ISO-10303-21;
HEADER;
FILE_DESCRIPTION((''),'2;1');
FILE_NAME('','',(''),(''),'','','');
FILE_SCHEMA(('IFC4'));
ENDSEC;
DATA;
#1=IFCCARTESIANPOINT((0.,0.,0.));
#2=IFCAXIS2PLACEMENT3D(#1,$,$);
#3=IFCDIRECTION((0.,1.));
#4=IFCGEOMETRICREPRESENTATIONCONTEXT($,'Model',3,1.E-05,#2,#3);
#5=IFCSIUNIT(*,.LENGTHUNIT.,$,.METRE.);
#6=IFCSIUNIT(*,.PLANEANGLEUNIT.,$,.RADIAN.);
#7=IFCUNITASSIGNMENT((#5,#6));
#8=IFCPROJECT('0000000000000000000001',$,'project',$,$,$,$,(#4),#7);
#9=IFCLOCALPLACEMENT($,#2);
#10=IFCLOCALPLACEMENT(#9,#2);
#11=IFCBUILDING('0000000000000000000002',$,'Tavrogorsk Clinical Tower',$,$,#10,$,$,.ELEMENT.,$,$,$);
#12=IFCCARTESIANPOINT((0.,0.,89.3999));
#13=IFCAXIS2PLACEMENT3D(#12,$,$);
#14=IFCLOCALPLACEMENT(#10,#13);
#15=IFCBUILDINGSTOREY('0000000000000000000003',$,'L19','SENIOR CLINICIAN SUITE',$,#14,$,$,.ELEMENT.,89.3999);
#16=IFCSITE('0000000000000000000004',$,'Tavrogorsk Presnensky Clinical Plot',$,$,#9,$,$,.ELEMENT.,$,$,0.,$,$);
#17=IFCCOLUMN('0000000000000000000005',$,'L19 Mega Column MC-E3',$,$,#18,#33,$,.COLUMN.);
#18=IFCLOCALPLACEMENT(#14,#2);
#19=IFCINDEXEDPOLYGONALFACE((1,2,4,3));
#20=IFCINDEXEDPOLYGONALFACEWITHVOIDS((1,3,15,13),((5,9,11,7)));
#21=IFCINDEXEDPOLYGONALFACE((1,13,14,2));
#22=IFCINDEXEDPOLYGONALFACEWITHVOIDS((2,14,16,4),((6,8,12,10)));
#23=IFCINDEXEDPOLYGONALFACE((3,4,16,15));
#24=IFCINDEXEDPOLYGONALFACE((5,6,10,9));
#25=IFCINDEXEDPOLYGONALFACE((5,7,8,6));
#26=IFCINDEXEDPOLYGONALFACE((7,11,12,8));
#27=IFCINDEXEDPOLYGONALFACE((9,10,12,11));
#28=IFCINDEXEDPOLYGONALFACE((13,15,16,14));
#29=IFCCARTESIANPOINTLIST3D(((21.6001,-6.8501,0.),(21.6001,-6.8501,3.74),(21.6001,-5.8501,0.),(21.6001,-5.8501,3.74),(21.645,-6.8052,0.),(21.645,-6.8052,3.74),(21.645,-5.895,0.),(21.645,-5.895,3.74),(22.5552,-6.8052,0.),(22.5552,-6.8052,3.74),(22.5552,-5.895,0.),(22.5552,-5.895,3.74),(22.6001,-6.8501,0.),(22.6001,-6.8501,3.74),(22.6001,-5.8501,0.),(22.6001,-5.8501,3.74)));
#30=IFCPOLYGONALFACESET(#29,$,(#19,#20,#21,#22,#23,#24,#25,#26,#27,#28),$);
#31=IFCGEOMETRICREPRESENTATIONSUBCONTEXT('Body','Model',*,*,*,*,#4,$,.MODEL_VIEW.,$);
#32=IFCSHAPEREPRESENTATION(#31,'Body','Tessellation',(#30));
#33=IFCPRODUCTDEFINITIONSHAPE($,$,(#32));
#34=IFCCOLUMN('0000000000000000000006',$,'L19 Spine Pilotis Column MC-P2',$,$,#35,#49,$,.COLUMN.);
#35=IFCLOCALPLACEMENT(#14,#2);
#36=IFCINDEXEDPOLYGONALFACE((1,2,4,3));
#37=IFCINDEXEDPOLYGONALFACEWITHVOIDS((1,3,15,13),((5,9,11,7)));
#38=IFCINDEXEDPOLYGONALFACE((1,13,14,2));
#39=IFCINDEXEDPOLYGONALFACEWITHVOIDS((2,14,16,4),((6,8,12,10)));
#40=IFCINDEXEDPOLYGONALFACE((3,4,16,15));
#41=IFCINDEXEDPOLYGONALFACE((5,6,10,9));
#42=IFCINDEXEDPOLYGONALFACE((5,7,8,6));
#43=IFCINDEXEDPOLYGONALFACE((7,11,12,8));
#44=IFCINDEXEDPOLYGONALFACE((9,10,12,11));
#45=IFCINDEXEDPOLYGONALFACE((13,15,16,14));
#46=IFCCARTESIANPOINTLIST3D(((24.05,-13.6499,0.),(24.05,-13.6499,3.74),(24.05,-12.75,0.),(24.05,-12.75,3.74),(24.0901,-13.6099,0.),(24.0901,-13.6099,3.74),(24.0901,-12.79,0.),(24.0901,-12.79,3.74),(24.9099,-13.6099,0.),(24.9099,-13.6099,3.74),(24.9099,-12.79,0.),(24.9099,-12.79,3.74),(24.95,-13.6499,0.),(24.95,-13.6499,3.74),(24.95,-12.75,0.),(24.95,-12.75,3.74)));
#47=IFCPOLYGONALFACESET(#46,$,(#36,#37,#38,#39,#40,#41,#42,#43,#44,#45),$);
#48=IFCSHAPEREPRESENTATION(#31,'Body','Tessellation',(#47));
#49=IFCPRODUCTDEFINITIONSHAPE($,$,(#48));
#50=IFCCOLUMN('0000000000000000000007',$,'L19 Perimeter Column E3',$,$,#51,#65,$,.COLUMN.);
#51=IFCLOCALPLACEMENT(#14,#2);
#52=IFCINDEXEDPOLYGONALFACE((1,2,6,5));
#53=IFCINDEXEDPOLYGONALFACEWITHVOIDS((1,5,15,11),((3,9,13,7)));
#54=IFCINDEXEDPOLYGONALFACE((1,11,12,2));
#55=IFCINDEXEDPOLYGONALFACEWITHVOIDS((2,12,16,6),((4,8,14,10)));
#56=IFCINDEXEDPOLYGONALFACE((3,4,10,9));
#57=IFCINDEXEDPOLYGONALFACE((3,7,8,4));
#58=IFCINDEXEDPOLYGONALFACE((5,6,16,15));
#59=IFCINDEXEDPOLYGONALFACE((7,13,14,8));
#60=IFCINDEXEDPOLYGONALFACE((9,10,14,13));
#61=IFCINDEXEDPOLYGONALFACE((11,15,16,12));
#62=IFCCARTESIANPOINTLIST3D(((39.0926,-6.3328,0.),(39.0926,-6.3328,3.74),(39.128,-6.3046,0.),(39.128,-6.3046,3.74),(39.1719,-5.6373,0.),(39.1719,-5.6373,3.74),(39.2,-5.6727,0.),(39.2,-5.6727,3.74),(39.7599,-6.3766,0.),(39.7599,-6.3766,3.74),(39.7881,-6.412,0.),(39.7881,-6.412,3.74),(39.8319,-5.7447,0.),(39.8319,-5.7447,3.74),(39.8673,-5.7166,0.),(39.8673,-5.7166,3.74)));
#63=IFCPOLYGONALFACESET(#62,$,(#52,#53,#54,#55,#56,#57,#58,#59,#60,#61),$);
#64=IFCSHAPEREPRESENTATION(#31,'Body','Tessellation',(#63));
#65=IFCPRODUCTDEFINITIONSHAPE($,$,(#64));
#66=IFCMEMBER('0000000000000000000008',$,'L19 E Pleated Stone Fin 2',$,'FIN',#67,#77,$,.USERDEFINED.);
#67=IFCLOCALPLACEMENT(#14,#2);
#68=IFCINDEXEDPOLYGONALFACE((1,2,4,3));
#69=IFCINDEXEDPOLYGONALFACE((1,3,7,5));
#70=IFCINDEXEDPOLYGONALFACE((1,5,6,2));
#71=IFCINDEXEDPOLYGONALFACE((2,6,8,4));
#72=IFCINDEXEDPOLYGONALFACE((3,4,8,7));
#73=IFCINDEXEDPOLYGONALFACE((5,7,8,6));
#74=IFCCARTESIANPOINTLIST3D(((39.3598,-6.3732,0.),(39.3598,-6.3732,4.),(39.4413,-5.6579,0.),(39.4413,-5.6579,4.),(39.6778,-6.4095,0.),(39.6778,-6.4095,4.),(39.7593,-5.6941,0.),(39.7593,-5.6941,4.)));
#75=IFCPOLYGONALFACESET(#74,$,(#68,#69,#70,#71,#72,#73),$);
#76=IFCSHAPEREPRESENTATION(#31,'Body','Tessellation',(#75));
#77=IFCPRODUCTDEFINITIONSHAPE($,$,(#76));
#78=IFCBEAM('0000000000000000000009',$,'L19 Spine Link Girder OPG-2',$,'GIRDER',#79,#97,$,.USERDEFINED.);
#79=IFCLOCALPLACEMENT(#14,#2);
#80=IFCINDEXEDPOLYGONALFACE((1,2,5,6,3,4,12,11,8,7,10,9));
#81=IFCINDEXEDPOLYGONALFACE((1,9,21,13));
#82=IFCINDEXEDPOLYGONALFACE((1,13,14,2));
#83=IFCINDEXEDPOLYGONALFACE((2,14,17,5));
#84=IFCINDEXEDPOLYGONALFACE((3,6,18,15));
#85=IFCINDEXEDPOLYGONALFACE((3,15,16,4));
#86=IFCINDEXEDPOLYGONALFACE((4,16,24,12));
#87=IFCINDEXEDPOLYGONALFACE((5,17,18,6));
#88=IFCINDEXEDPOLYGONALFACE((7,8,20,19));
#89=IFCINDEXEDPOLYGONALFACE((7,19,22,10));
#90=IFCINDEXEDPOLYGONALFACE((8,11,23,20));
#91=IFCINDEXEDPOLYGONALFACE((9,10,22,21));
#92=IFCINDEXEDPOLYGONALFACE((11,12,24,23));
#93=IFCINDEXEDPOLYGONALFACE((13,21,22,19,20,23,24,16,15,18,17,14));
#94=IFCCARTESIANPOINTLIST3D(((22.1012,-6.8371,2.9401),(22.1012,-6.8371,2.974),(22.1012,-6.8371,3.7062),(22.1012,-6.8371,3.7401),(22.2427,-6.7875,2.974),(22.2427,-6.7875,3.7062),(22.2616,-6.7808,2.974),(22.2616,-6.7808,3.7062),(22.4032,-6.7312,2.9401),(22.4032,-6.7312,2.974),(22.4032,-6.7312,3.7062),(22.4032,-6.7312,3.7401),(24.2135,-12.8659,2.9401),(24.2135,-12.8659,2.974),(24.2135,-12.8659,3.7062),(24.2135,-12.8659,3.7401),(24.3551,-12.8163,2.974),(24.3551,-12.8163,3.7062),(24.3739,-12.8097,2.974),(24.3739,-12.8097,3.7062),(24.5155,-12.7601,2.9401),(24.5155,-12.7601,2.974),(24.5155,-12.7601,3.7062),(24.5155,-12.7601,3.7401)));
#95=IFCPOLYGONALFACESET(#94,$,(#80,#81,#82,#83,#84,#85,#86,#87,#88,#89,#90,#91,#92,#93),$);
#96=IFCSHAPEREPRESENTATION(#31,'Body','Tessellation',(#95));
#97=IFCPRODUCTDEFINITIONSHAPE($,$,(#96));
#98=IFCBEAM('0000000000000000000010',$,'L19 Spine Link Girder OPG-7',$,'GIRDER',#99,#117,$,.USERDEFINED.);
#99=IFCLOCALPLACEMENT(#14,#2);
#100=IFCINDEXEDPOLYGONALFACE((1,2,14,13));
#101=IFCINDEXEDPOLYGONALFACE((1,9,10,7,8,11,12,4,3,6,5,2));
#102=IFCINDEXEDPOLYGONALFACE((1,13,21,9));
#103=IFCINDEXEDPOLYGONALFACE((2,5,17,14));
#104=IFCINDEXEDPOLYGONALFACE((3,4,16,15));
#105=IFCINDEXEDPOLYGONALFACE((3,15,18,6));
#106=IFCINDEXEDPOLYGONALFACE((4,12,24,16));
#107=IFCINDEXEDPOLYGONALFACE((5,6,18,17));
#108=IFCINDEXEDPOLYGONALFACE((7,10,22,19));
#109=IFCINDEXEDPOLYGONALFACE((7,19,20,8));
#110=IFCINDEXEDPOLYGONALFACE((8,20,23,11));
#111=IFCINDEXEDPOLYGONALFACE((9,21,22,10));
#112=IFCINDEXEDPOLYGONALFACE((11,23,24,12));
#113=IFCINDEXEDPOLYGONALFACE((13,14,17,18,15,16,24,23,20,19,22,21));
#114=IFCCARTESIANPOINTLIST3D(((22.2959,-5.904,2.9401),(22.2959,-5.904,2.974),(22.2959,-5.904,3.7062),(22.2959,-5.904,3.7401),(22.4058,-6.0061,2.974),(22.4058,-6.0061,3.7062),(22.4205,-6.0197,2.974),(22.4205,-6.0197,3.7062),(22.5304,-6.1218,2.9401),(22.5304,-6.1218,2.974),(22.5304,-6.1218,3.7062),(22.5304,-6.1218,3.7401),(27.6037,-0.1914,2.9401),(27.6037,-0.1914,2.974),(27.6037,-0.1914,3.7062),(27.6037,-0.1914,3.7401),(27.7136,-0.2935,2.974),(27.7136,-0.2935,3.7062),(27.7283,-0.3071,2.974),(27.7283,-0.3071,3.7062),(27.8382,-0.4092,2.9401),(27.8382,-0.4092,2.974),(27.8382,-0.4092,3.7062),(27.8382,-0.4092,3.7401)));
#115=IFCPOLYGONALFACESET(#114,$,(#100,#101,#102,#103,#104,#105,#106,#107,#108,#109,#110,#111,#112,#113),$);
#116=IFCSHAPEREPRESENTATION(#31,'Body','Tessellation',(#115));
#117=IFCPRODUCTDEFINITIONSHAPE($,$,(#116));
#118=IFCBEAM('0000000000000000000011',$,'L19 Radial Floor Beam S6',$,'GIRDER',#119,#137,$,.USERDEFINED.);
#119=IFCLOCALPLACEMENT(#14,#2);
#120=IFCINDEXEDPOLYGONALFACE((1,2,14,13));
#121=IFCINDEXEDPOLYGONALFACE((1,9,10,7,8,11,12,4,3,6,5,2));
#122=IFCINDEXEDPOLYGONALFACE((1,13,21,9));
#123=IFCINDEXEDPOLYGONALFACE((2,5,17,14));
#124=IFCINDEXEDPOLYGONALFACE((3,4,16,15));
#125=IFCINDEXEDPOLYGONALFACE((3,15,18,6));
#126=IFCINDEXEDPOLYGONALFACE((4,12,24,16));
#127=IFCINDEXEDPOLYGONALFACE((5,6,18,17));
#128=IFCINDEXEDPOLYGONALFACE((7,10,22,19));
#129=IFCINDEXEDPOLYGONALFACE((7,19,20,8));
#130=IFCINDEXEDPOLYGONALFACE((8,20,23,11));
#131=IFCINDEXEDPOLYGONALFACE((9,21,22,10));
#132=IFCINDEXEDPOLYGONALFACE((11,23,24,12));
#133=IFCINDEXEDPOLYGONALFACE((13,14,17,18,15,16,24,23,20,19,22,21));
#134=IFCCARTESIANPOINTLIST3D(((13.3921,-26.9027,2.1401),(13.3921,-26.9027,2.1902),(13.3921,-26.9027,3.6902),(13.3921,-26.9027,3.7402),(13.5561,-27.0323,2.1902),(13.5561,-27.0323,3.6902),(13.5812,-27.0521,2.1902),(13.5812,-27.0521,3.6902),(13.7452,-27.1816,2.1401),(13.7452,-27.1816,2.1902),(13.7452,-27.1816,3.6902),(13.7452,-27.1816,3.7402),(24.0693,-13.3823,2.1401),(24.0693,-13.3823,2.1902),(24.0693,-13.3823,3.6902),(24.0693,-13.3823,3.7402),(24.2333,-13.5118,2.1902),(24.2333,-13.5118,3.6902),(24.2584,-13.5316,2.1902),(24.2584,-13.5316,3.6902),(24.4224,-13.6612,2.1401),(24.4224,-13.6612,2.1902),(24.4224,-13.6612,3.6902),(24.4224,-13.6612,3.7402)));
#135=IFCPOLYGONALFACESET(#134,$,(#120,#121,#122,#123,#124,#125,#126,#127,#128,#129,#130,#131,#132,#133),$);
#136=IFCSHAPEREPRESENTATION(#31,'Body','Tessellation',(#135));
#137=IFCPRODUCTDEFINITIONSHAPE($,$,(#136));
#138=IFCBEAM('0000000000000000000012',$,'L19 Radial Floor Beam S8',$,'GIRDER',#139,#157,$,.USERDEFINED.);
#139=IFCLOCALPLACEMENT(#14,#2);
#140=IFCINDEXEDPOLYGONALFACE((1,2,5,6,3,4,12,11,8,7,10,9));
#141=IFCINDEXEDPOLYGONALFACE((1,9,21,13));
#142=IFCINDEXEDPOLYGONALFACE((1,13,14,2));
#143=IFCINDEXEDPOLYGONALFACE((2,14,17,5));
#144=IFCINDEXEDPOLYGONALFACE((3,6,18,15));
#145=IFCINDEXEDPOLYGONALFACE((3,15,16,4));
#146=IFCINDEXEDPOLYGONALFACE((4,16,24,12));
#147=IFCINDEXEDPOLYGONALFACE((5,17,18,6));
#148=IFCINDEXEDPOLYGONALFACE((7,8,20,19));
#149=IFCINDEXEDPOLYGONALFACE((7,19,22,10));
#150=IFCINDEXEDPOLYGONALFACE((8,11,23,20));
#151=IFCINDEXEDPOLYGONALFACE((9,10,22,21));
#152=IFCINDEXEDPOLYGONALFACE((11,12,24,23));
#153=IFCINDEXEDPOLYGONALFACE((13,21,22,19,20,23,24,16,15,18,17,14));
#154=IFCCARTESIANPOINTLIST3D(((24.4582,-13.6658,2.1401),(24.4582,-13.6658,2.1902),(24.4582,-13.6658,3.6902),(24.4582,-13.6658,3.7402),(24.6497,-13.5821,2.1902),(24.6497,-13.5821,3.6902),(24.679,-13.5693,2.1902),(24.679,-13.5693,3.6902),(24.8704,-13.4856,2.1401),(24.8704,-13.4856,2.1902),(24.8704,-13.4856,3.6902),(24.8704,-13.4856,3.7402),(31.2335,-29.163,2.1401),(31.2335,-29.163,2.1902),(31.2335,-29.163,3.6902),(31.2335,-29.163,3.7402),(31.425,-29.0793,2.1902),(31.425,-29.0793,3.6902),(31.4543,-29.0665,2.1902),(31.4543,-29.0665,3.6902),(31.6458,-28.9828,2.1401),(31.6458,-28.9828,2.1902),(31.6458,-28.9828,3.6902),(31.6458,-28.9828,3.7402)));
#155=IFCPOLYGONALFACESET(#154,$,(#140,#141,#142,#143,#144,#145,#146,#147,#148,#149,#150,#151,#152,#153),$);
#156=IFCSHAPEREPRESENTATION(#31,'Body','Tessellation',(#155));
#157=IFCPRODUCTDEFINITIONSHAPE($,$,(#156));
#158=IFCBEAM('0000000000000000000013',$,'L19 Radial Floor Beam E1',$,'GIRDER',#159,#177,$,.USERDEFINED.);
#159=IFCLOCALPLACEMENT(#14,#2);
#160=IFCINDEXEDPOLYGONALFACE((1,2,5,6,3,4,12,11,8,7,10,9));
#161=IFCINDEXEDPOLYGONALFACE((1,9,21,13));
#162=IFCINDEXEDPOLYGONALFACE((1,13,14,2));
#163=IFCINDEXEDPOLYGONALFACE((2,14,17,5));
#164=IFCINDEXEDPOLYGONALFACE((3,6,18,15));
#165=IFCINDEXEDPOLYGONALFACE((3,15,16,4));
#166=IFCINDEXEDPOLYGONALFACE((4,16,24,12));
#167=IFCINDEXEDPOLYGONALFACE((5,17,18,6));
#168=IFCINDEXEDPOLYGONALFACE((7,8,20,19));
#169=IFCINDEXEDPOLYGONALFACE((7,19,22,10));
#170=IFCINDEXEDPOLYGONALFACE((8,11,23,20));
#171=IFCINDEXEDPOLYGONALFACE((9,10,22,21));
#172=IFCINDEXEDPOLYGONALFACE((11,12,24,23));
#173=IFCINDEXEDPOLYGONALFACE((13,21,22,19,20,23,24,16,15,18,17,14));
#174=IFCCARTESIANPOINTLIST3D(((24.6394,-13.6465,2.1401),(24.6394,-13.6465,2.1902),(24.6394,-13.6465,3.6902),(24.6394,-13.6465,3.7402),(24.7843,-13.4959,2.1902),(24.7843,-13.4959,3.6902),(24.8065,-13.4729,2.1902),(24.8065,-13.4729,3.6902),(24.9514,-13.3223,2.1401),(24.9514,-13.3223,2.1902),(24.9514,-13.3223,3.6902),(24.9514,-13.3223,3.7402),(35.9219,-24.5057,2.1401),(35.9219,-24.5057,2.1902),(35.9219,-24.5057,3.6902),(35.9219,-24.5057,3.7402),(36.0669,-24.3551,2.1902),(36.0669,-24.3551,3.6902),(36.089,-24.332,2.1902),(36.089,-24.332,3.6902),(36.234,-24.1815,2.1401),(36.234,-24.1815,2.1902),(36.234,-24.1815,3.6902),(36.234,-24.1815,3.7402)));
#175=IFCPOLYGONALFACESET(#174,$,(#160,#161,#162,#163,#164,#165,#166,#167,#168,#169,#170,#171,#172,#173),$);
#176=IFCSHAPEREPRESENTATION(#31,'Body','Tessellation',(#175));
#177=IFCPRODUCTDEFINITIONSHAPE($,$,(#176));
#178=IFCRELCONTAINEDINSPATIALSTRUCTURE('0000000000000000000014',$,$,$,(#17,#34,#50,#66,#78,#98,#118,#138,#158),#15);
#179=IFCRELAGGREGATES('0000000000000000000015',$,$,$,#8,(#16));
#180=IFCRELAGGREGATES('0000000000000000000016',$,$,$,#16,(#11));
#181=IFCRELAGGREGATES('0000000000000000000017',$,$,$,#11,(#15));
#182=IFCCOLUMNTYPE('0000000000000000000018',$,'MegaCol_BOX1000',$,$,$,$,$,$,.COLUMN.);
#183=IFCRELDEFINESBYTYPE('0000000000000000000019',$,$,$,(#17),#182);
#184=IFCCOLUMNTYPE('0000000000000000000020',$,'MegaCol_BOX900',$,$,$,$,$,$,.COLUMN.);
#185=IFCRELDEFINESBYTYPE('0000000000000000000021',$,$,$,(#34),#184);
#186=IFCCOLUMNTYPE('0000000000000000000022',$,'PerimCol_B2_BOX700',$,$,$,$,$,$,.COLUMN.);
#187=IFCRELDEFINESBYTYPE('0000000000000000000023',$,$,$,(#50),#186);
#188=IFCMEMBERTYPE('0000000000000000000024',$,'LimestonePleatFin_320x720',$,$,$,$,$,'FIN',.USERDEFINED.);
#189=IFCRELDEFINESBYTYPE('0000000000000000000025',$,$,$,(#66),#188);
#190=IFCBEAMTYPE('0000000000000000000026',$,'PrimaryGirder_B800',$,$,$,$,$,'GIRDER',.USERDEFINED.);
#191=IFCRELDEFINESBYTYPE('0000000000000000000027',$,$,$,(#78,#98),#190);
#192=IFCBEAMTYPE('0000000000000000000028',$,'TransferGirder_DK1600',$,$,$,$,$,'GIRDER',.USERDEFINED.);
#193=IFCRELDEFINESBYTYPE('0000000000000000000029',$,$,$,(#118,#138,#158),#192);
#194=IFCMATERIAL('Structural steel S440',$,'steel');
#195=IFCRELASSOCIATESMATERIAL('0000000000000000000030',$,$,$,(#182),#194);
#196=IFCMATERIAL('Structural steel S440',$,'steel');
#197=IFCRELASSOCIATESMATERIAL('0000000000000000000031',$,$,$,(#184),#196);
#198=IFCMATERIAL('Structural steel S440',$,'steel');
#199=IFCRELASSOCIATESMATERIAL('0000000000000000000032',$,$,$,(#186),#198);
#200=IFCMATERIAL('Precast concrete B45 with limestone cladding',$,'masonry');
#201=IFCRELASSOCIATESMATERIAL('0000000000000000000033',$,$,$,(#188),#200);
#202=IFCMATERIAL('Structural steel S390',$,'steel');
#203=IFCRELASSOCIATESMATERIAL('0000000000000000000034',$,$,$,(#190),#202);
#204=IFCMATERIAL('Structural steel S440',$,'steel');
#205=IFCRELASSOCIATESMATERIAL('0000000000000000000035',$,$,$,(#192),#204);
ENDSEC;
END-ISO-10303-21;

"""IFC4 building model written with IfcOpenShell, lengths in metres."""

from ifc_helpers import new_model, si_unit, direction, frame, origin, origin_2d, place, context, subcontext, project, spatial, rectangle, hollow_rectangle, i_section, extrude, material, material_profile, profile_set, type_object, element, save


model = new_model("IFC4")

# Units and contexts
model_context = context("Model", 3, precision=1e-05, world=origin(), true_north=direction((0.0, 1.0)))
body_context = subcontext(model_context, "Body", "Model", "MODEL_VIEW")
ifc_project = project(units=[si_unit("LENGTHUNIT", "METRE"), si_unit("PLANEANGLEUNIT", "RADIAN")], contexts=[model_context])

# Site, building, storey
site_placement = place(None, origin())
site = spatial("IfcSite", under=ifc_project, at=site_placement, Name="Tavrogorsk Presnensky Clinical Plot", CompositionType="ELEMENT", RefElevation=0.0)
building_placement = place(site_placement, origin())
building = spatial("IfcBuilding", under=site, at=building_placement, Name="Tavrogorsk Clinical Tower", CompositionType="ELEMENT")
storey_placement = place(building_placement, frame((0.0, 0.0, 89.3999)))
storey = spatial("IfcBuildingStorey", under=building, at=storey_placement, Name="L19", Description="SENIOR CLINICIAN SUITE", CompositionType="ELEMENT", Elevation=89.3999)

# Columns
ifc_material_1 = material(Name="Structural steel S440", Category="steel")
ifc_material_profile_1 = material_profile(ifc_material_1, hollow_rectangle(XDim=1.0, YDim=1.0, WallThickness=0.0449, at=origin_2d()), Name="BOX-1000x1000x45")
ifc_profile_set_1 = profile_set([ifc_material_profile_1], Name="Structural steel S440")
column_type_1 = type_object("IfcColumnType", Name="MegaCol_BOX1000", PredefinedType="COLUMN", material=ifc_profile_set_1)
column_1_placement = place(storey_placement, frame((22.1001, -6.3501, 0.0), z_axis=(0.0, 0.0, 1.0), x_axis=(1.0, 0.0, 0.0)))
element("IfcColumn", 1, at=column_1_placement, inside=storey, type_object=column_type_1, Name="L19 Mega Column MC-E3", PredefinedType="COLUMN", context=body_context, shape_type="SweptSolid", body=[
    extrude(hollow_rectangle(XDim=1.0, YDim=1.0, WallThickness=0.0449, at=origin_2d()), origin(), (0.0, 0.0, 1.0), 3.74),
])
ifc_material_2 = material(Name="Structural steel S440", Category="steel")
ifc_material_profile_2 = material_profile(ifc_material_2, hollow_rectangle(XDim=0.8999, YDim=0.8999, WallThickness=0.04, at=origin_2d()), Name="BOX-900x900x40")
ifc_profile_set_2 = profile_set([ifc_material_profile_2], Name="Structural steel S440")
column_type_2 = type_object("IfcColumnType", Name="MegaCol_BOX900", PredefinedType="COLUMN", material=ifc_profile_set_2)
column_2_placement = place(storey_placement, frame((24.5, -13.2, 0.0), z_axis=(0.0, 0.0, 1.0), x_axis=(1.0, 0.0, 0.0)))
element("IfcColumn", 2, at=column_2_placement, inside=storey, type_object=column_type_2, Name="L19 Spine Pilotis Column MC-P2", PredefinedType="COLUMN", context=body_context, shape_type="SweptSolid", body=[
    extrude(hollow_rectangle(XDim=0.8999, YDim=0.8999, WallThickness=0.04, at=origin_2d()), origin(), (0.0, 0.0, 1.0), 3.74),
])
ifc_material_3 = material(Name="Structural steel S440", Category="steel")
ifc_material_profile_3 = material_profile(ifc_material_3, hollow_rectangle(XDim=0.7, YDim=0.7, WallThickness=0.032, at=origin_2d()), Name="BOX-700x700x32")
ifc_profile_set_3 = profile_set([ifc_material_profile_3], Name="Structural steel S440")
column_type_3 = type_object("IfcColumnType", Name="PerimCol_B2_BOX700", PredefinedType="COLUMN", material=ifc_profile_set_3)
column_3_placement = place(storey_placement, frame((39.48, -6.0247, 0.0), z_axis=(0.0, 0.0, 1.0), x_axis=(0.993572, -0.113203, 0.0)))
element("IfcColumn", 3, at=column_3_placement, inside=storey, type_object=column_type_3, Name="L19 Perimeter Column E3", PredefinedType="COLUMN", context=body_context, shape_type="SweptSolid", body=[
    extrude(hollow_rectangle(XDim=0.7, YDim=0.7, WallThickness=0.032, at=origin_2d()), origin(), (0.0, 0.0, 1.0), 3.74),
])

# Member
ifc_material_4 = material(Name="Precast concrete B45 with limestone cladding", Category="masonry")
ifc_material_profile_4 = material_profile(ifc_material_4, rectangle(XDim=0.3201, YDim=0.72, at=origin_2d()), Name="LIMESTONE-FIN-320x720")
ifc_profile_set_4 = profile_set([ifc_material_profile_4], Name="Precast concrete B45 with limestone cladding")
member_type = type_object("IfcMemberType", Name="LimestonePleatFin_320x720", ElementType="FIN", PredefinedType="USERDEFINED", material=ifc_profile_set_4)
member_placement = place(storey_placement, frame((39.5596, -6.0337, 0.0), z_axis=(0.0, 0.0, 1.0), x_axis=(0.993572, -0.113203, 0.0)))
element("IfcMember", 4, at=member_placement, inside=storey, type_object=member_type, Name="L19 E Pleated Stone Fin 2", ObjectType="FIN", PredefinedType="USERDEFINED", context=body_context, shape_type="SweptSolid", body=[
    extrude(rectangle(XDim=0.3201, YDim=0.72, at=origin_2d()), origin(), (0.0, 0.0, 1.0), 4.0),
])

# Beams
ifc_material_5 = material(Name="Structural steel S390", Category="steel")
ifc_material_profile_5 = material_profile(ifc_material_5, i_section(OverallWidth=0.3201, OverallDepth=0.8, WebThickness=0.02, FlangeThickness=0.0339, at=origin_2d()), Name="B-800x320x20x34")
ifc_profile_set_5 = profile_set([ifc_material_profile_5], Name="Structural steel S390")
beam_type_1 = type_object("IfcBeamType", Name="PrimaryGirder_B800", ElementType="GIRDER", PredefinedType="USERDEFINED", material=ifc_profile_set_5)
beam_1_placement = place(storey_placement, frame((24.3645, -12.813, 3.3401), z_axis=(-0.33066, 0.94375, 0.0), x_axis=(-0.94375, -0.33066, 0.0)))
element("IfcBeam", 5, at=beam_1_placement, inside=storey, type_object=beam_type_1, Name="L19 Spine Link Girder OPG-2", ObjectType="GIRDER", PredefinedType="USERDEFINED", context=body_context, shape_type="SweptSolid", body=[
    extrude(i_section(OverallWidth=0.3201, OverallDepth=0.8, WebThickness=0.02, FlangeThickness=0.0339, at=origin_2d()), origin(), (0.0, 0.0, 1.0), 6.3882),
])
beam_2_placement = place(storey_placement, frame((27.7209, -0.3003, 3.3401), z_axis=(-0.680676, -0.732585, 0.0), x_axis=(0.732585, -0.680676, 0.0)))
element("IfcBeam", 6, at=beam_2_placement, inside=storey, type_object=beam_type_1, Name="L19 Spine Link Girder OPG-7", ObjectType="GIRDER", PredefinedType="USERDEFINED", context=body_context, shape_type="SweptSolid", body=[
    extrude(i_section(OverallWidth=0.3201, OverallDepth=0.8, WebThickness=0.02, FlangeThickness=0.0339, at=origin_2d()), origin(), (0.0, 0.0, 1.0), 7.7979),
])
ifc_material_6 = material(Name="Structural steel S440", Category="steel")
ifc_material_profile_6 = material_profile(ifc_material_6, i_section(OverallWidth=0.45, OverallDepth=1.6001, WebThickness=0.032, FlangeThickness=0.05, at=origin_2d()), Name="DK-1600x450x32x50")
ifc_profile_set_6 = profile_set([ifc_material_profile_6], Name="Structural steel S440")
beam_type_2 = type_object("IfcBeamType", Name="TransferGirder_DK1600", ElementType="GIRDER", PredefinedType="USERDEFINED", material=ifc_profile_set_6)
beam_3_placement = place(storey_placement, frame((24.2458, -13.5217, 2.9402), z_axis=(-0.619757, -0.784794, 0.0), x_axis=(0.784794, -0.619757, 0.0)))
element("IfcBeam", 7, at=beam_3_placement, inside=storey, type_object=beam_type_2, Name="L19 Radial Floor Beam S6", ObjectType="GIRDER", PredefinedType="USERDEFINED", context=body_context, shape_type="SweptSolid", body=[
    extrude(i_section(OverallWidth=0.45, OverallDepth=1.6001, WebThickness=0.032, FlangeThickness=0.05, at=origin_2d()), origin(), (0.0, 0.0, 1.0), 17.228),
])
beam_4_placement = place(storey_placement, frame((24.6643, -13.5757, 2.9402), z_axis=(0.400586, -0.916259, 0.0), x_axis=(0.916259, 0.400586, 0.0)))
element("IfcBeam", 8, at=beam_4_placement, inside=storey, type_object=beam_type_2, Name="L19 Radial Floor Beam S8", ObjectType="GIRDER", PredefinedType="USERDEFINED", context=body_context, shape_type="SweptSolid", body=[
    extrude(i_section(OverallWidth=0.45, OverallDepth=1.6001, WebThickness=0.032, FlangeThickness=0.05, at=origin_2d()), origin(), (0.0, 0.0, 1.0), 16.9136),
])
beam_5_placement = place(storey_placement, frame((24.7954, -13.4844, 2.9402), z_axis=(0.720495, -0.69346, 0.0), x_axis=(0.69346, 0.720495, 0.0)))
element("IfcBeam", 9, at=beam_5_placement, inside=storey, type_object=beam_type_2, Name="L19 Radial Floor Beam E1", ObjectType="GIRDER", PredefinedType="USERDEFINED", context=body_context, shape_type="SweptSolid", body=[
    extrude(i_section(OverallWidth=0.45, OverallDepth=1.6001, WebThickness=0.032, FlangeThickness=0.05, at=origin_2d()), origin(), (0.0, 0.0, 1.0), 15.6594),
])

save(model, "model.ifc")
